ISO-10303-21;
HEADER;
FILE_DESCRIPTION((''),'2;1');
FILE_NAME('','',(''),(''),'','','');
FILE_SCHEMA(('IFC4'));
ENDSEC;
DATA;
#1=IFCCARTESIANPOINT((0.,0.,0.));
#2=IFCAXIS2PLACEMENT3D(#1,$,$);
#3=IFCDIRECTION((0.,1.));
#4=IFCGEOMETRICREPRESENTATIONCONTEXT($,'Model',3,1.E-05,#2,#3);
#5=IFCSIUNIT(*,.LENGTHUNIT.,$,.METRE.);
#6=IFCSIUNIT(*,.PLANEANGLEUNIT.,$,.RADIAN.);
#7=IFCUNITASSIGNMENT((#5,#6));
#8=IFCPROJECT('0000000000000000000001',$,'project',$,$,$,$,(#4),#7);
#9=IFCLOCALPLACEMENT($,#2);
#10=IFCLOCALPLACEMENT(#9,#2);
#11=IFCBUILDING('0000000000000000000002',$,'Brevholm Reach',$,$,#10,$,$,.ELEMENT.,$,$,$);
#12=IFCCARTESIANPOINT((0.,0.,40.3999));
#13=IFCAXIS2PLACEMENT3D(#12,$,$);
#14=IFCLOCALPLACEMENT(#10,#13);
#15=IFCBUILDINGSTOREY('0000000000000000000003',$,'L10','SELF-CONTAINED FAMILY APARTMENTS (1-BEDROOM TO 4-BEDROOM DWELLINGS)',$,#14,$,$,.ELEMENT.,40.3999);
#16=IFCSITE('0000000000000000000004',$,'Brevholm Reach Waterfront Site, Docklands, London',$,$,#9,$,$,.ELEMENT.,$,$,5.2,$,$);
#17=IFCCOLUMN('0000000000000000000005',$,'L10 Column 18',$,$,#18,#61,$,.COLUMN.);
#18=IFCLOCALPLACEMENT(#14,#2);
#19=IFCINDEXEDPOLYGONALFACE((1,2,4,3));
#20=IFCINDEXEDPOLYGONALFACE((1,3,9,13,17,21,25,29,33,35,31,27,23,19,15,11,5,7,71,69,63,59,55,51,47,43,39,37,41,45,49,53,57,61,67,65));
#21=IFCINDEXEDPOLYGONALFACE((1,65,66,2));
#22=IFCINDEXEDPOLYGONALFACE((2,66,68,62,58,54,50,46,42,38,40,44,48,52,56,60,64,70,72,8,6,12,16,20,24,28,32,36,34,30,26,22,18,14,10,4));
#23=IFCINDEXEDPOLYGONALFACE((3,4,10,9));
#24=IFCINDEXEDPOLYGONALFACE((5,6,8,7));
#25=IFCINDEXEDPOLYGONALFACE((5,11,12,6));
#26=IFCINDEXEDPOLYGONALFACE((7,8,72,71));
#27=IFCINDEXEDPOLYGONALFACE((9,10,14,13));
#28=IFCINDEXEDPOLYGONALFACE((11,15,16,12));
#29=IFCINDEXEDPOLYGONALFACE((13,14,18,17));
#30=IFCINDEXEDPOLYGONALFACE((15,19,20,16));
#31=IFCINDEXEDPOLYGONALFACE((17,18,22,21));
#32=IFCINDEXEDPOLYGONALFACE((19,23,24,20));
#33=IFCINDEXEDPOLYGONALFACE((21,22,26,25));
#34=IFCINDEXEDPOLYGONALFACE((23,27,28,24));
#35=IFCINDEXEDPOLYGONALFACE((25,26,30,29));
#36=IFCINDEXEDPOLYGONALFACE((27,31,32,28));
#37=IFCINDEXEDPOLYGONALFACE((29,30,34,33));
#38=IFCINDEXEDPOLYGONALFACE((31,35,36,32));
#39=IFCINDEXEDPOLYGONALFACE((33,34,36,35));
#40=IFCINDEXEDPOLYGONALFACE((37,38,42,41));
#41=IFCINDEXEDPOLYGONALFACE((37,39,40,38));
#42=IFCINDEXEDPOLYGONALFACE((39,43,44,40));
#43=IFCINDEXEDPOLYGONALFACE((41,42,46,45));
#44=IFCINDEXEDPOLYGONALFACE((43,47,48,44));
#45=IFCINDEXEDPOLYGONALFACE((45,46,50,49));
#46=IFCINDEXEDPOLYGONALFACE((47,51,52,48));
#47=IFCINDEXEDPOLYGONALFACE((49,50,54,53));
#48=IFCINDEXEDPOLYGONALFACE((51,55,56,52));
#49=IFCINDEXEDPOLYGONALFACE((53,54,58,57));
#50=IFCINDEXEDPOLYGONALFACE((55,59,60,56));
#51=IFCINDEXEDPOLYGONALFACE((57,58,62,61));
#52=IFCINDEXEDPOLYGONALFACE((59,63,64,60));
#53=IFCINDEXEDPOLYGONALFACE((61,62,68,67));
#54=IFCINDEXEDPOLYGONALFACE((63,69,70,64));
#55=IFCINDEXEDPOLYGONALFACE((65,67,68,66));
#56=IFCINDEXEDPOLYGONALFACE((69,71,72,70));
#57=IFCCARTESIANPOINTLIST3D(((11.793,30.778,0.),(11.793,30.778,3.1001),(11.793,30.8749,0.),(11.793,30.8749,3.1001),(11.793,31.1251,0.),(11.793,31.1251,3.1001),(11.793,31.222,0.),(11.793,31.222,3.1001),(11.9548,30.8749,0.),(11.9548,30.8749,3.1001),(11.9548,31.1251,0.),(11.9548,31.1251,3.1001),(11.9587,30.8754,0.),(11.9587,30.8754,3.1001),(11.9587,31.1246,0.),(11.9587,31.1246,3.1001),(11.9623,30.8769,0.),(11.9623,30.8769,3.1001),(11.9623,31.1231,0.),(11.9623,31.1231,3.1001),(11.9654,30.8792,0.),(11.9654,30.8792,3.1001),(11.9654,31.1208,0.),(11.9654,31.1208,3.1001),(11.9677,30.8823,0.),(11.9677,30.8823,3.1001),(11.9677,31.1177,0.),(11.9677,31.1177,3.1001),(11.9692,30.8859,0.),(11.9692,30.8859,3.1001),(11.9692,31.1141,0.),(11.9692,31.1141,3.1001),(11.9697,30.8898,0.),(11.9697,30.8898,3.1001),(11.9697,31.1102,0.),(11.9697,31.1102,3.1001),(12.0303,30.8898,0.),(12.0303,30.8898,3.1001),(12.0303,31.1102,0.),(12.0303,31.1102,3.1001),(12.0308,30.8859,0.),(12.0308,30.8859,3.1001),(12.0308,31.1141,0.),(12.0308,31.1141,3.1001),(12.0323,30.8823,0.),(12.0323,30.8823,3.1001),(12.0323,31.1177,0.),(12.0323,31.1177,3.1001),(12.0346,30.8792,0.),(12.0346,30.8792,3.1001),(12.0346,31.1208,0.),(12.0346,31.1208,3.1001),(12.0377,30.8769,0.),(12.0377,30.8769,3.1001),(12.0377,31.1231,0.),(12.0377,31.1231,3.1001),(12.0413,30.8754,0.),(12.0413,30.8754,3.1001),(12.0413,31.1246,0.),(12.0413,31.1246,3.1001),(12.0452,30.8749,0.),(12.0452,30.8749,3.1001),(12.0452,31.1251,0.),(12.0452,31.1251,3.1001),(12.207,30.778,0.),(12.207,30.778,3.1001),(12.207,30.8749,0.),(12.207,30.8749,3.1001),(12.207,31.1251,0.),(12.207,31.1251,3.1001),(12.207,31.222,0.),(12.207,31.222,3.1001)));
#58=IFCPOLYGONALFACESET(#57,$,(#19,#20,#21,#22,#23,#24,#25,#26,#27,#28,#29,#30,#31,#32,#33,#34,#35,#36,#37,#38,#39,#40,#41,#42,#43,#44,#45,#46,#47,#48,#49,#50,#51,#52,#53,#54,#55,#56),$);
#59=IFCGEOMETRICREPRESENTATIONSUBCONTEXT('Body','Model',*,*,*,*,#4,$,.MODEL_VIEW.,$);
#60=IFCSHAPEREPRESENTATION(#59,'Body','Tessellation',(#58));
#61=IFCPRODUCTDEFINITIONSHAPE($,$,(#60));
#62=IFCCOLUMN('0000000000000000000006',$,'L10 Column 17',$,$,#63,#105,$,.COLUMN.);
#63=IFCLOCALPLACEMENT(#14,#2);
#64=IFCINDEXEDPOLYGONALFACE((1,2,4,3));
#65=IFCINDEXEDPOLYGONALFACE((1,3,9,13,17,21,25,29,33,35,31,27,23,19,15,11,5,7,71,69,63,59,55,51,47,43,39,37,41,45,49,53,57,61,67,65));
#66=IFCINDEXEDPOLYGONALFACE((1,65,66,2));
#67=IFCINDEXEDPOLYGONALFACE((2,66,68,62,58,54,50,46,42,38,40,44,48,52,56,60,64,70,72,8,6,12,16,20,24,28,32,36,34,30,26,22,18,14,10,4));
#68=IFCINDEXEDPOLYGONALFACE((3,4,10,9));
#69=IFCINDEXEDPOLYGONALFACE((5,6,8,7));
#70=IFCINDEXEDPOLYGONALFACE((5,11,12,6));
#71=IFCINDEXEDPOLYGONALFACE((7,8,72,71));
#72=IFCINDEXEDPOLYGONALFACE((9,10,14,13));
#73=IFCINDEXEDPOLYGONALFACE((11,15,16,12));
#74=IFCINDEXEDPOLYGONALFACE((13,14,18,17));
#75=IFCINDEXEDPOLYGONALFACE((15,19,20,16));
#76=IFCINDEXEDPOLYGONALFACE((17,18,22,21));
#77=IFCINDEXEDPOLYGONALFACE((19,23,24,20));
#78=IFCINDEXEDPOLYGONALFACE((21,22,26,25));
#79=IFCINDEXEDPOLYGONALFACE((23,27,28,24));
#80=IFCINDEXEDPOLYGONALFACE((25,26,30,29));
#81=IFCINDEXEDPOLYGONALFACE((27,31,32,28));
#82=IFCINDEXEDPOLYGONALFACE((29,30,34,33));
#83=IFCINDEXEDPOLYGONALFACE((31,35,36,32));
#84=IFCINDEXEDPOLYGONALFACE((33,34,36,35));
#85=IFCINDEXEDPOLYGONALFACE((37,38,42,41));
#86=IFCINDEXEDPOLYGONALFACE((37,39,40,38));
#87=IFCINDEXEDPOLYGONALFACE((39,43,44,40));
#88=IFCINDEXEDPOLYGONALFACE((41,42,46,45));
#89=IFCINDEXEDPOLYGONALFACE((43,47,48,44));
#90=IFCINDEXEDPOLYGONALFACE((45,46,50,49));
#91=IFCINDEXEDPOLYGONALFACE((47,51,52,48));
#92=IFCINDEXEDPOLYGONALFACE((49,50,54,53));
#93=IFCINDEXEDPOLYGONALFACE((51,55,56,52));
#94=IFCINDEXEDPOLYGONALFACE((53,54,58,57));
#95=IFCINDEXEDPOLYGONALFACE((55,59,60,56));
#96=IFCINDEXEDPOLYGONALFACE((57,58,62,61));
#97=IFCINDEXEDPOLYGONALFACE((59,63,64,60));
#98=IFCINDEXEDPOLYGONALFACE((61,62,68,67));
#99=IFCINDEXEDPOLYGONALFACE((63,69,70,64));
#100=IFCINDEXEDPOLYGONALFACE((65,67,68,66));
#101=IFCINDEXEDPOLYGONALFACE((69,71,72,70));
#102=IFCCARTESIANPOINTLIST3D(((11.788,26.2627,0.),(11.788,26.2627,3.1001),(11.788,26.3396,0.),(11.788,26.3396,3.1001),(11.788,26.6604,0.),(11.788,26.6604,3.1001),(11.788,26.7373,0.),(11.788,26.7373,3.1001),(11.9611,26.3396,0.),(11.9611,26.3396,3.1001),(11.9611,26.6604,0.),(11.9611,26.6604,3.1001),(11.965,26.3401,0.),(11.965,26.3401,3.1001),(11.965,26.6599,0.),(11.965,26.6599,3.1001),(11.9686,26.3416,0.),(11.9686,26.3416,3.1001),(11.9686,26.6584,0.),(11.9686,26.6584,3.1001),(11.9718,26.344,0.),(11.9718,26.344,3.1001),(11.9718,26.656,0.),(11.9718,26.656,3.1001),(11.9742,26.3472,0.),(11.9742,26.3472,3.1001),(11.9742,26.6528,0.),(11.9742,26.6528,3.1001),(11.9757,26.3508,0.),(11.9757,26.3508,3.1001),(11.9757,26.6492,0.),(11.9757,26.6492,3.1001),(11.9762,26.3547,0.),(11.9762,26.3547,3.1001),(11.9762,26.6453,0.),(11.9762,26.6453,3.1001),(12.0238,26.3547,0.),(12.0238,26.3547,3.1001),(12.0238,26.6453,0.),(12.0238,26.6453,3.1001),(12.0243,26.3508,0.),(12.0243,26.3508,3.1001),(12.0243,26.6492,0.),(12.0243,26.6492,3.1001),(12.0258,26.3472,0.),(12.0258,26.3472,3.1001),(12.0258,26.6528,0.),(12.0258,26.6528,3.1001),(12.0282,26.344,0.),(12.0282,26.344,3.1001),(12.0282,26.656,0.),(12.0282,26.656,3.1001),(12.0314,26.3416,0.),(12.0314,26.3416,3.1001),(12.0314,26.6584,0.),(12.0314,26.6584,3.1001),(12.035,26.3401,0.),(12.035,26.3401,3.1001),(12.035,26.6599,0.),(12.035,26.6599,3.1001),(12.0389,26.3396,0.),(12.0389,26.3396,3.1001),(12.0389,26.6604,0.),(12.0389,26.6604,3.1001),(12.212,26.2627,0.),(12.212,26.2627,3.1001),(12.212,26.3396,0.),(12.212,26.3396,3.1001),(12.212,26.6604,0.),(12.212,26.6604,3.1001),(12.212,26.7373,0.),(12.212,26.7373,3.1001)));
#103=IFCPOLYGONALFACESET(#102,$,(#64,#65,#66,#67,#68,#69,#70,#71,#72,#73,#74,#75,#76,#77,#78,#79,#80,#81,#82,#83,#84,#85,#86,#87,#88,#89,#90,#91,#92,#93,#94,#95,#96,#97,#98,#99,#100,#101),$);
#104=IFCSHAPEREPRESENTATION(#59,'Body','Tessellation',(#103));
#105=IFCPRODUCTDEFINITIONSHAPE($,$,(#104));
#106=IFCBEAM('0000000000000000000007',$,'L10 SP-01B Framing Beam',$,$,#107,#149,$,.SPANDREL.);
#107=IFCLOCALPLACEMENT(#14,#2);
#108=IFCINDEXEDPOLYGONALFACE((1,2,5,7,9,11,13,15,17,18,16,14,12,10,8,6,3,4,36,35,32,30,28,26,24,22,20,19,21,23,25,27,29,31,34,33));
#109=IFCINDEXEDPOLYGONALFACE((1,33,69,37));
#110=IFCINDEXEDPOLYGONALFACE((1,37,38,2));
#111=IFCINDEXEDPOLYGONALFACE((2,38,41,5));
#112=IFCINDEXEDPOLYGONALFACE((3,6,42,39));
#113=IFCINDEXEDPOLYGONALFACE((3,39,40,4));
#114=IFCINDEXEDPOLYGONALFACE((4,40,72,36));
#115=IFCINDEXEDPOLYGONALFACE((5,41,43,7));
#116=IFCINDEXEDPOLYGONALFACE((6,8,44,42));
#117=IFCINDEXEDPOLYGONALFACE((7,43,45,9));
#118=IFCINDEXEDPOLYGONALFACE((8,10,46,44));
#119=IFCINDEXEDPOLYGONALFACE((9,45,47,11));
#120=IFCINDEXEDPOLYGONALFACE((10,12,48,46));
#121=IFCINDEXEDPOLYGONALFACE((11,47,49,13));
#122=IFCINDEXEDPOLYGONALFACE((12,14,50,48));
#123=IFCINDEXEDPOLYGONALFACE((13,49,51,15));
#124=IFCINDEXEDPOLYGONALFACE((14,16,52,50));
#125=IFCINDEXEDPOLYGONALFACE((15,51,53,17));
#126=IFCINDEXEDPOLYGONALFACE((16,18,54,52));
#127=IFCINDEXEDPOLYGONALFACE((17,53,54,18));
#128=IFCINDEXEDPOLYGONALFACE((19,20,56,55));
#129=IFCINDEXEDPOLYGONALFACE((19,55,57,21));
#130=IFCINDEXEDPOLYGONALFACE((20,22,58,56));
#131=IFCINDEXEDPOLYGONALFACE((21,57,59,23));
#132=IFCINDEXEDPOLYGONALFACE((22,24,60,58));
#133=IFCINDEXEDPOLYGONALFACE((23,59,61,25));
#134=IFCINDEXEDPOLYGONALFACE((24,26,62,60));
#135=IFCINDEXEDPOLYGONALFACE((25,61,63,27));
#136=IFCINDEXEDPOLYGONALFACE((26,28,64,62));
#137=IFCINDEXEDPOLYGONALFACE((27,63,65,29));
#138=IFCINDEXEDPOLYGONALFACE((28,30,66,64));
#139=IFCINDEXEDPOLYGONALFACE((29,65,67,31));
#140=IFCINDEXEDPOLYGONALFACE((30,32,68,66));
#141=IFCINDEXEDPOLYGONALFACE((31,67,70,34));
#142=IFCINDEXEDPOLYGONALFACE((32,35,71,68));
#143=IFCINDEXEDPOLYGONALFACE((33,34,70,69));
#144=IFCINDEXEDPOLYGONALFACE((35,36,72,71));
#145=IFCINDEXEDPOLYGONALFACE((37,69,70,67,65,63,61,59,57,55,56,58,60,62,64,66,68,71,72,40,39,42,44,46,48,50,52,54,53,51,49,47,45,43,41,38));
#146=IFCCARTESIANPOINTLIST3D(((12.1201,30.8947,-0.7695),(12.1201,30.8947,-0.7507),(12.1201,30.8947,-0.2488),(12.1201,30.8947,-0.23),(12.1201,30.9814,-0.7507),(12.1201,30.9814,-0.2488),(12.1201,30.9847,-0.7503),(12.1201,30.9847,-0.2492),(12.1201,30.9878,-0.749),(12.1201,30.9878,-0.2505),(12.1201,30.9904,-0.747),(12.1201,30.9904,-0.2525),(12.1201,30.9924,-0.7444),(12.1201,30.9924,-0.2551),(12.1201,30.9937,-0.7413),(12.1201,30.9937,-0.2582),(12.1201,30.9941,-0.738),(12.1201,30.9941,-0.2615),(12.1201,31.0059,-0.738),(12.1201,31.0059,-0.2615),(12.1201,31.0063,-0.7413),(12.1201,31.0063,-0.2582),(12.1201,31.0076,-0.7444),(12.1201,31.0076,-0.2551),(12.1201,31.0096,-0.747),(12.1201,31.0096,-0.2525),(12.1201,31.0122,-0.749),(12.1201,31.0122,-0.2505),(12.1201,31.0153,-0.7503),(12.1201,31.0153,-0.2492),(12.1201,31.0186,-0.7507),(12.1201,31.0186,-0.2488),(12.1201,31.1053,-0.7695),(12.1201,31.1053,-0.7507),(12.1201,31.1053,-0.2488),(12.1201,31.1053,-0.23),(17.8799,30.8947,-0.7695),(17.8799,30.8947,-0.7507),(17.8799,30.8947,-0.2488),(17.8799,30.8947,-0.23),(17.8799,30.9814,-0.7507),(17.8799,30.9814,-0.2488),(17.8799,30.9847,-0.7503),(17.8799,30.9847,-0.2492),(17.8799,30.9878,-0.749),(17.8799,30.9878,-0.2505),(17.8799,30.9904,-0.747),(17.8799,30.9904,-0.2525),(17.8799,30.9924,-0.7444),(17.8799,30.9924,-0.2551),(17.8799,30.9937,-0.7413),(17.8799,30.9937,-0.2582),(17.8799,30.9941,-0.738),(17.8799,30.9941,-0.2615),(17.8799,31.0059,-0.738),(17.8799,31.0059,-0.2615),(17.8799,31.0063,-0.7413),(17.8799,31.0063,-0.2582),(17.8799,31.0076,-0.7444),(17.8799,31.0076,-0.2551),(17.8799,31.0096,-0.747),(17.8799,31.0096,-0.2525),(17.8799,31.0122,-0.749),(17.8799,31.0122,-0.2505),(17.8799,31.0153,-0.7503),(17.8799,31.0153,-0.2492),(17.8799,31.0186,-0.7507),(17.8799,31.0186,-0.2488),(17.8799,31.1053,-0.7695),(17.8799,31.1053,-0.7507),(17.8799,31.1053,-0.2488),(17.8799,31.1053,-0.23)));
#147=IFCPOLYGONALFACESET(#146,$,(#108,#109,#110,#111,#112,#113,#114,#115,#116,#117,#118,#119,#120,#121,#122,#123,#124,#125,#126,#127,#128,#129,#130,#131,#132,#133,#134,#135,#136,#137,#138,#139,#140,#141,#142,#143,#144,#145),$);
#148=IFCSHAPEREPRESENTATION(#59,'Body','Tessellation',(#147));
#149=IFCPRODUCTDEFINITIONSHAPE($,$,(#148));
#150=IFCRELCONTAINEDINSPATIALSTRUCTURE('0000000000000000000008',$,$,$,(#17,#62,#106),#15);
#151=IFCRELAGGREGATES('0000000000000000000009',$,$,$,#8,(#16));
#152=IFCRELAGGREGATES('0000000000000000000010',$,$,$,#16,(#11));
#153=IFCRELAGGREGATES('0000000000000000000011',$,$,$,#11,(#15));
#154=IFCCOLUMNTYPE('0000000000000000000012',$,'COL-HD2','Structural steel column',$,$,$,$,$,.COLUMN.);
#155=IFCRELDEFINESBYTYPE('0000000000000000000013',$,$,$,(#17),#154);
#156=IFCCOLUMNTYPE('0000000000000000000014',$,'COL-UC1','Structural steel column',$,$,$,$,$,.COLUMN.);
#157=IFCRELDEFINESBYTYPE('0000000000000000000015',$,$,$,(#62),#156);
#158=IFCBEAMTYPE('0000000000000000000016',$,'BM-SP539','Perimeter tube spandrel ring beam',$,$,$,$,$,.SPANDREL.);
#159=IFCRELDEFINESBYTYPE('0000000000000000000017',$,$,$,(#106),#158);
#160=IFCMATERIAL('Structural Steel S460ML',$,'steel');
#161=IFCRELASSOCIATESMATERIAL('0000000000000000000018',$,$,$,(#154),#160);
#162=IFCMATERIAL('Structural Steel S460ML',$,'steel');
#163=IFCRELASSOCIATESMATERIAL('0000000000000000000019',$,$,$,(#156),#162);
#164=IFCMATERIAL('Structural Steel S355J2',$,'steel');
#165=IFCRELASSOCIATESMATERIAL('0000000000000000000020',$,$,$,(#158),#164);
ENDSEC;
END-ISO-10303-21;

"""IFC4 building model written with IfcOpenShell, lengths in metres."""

from ifc_helpers import new_model, si_unit, direction, frame, origin, origin_2d, place, context, subcontext, project, spatial, i_section, extrude, material, material_profile, profile_set, type_object, element, save


model = new_model("IFC4")

# Units and contexts
model_context = context("Model", 3, precision=1e-05, world=origin(), true_north=direction((0.0, 1.0)))
body_context = subcontext(model_context, "Body", "Model", "MODEL_VIEW")
ifc_project = project(units=[si_unit("LENGTHUNIT", "METRE"), si_unit("PLANEANGLEUNIT", "RADIAN")], contexts=[model_context])

# Site, building, storey
site_placement = place(None, origin())
site = spatial("IfcSite", under=ifc_project, at=site_placement, Name="Brevholm Reach Waterfront Site, Docklands, London", CompositionType="ELEMENT", RefElevation=5.2)
building_placement = place(site_placement, origin())
building = spatial("IfcBuilding", under=site, at=building_placement, Name="Brevholm Reach", CompositionType="ELEMENT")
storey_placement = place(building_placement, frame((0.0, 0.0, 40.3999)))
storey = spatial("IfcBuildingStorey", under=building, at=storey_placement, Name="L10", Description="SELF-CONTAINED FAMILY APARTMENTS (1-BEDROOM TO 4-BEDROOM DWELLINGS)", CompositionType="ELEMENT", Elevation=40.3999)

# Columns
ifc_material_1 = material(Name="Structural Steel S460ML", Category="steel")
ifc_material_profile_1 = material_profile(ifc_material_1, i_section(OverallWidth=0.4141, OverallDepth=0.4441, WebThickness=0.0605, FlangeThickness=0.0969, FilletRadius=0.0149, at=origin_2d()), Name="HD 400x818")
ifc_profile_set_1 = profile_set([ifc_material_profile_1], Name="Structural Steel S460ML")
column_type_1 = type_object("IfcColumnType", Name="COL-HD2", Description="Structural steel column", PredefinedType="COLUMN", material=ifc_profile_set_1)
column_1_placement = place(storey_placement, frame((12.0, 31.0, 0.0), z_axis=(0.0, 0.0, 1.0), x_axis=(1.0, 0.0, 0.0)))
element("IfcColumn", 1, at=column_1_placement, inside=storey, type_object=column_type_1, Name="L10 Column 18", PredefinedType="COLUMN", context=body_context, shape_type="SweptSolid", body=[
    extrude(i_section(OverallWidth=0.4141, OverallDepth=0.4441, WebThickness=0.0605, FlangeThickness=0.0969, FilletRadius=0.0149, at=origin_2d()), origin(), (0.0, 0.0, 1.0), 3.1001),
])
ifc_material_2 = material(Name="Structural Steel S460ML", Category="steel")
ifc_material_profile_2 = material_profile(ifc_material_2, i_section(OverallWidth=0.4241, OverallDepth=0.4746, WebThickness=0.0476, FlangeThickness=0.0769, FilletRadius=0.0151, at=origin_2d()), Name="UKC 356x406x634")
ifc_profile_set_2 = profile_set([ifc_material_profile_2], Name="Structural Steel S460ML")
column_type_2 = type_object("IfcColumnType", Name="COL-UC1", Description="Structural steel column", PredefinedType="COLUMN", material=ifc_profile_set_2)
column_2_placement = place(storey_placement, frame((12.0, 26.5, 0.0), z_axis=(0.0, 0.0, 1.0), x_axis=(1.0, 0.0, 0.0)))
element("IfcColumn", 2, at=column_2_placement, inside=storey, type_object=column_type_2, Name="L10 Column 17", PredefinedType="COLUMN", context=body_context, shape_type="SweptSolid", body=[
    extrude(i_section(OverallWidth=0.4241, OverallDepth=0.4746, WebThickness=0.0476, FlangeThickness=0.0769, FilletRadius=0.0151, at=origin_2d()), origin(), (0.0, 0.0, 1.0), 3.1001),
])

# Beam
ifc_material_3 = material(Name="Structural Steel S355J2", Category="steel")
ifc_material_profile_3 = material_profile(ifc_material_3, i_section(OverallWidth=0.2107, OverallDepth=0.5396, WebThickness=0.0117, FlangeThickness=0.0188, FilletRadius=0.0127, at=origin_2d()), Name="UKB 533x210x109")
ifc_profile_set_3 = profile_set([ifc_material_profile_3], Name="Structural Steel S355J2")
beam_type_1 = type_object("IfcBeamType", Name="BM-SP539", Description="Perimeter tube spandrel ring beam", PredefinedType="SPANDREL", material=ifc_profile_set_3)
beam_1_placement = place(storey_placement, frame((12.1201, 31.0, -0.4998), z_axis=(1.0, 0.0, 0.0), x_axis=(0.0, 1.0, 0.0)))
element("IfcBeam", 3, at=beam_1_placement, inside=storey, type_object=beam_type_1, Name="L10 SP-01B Framing Beam", PredefinedType="SPANDREL", context=body_context, shape_type="SweptSolid", body=[
    extrude(i_section(OverallWidth=0.2107, OverallDepth=0.5396, WebThickness=0.0117, FlangeThickness=0.0188, FilletRadius=0.0127, at=origin_2d()), origin(), (0.0, 0.0, 1.0), 5.7598),
])

save(model, "model.ifc")
